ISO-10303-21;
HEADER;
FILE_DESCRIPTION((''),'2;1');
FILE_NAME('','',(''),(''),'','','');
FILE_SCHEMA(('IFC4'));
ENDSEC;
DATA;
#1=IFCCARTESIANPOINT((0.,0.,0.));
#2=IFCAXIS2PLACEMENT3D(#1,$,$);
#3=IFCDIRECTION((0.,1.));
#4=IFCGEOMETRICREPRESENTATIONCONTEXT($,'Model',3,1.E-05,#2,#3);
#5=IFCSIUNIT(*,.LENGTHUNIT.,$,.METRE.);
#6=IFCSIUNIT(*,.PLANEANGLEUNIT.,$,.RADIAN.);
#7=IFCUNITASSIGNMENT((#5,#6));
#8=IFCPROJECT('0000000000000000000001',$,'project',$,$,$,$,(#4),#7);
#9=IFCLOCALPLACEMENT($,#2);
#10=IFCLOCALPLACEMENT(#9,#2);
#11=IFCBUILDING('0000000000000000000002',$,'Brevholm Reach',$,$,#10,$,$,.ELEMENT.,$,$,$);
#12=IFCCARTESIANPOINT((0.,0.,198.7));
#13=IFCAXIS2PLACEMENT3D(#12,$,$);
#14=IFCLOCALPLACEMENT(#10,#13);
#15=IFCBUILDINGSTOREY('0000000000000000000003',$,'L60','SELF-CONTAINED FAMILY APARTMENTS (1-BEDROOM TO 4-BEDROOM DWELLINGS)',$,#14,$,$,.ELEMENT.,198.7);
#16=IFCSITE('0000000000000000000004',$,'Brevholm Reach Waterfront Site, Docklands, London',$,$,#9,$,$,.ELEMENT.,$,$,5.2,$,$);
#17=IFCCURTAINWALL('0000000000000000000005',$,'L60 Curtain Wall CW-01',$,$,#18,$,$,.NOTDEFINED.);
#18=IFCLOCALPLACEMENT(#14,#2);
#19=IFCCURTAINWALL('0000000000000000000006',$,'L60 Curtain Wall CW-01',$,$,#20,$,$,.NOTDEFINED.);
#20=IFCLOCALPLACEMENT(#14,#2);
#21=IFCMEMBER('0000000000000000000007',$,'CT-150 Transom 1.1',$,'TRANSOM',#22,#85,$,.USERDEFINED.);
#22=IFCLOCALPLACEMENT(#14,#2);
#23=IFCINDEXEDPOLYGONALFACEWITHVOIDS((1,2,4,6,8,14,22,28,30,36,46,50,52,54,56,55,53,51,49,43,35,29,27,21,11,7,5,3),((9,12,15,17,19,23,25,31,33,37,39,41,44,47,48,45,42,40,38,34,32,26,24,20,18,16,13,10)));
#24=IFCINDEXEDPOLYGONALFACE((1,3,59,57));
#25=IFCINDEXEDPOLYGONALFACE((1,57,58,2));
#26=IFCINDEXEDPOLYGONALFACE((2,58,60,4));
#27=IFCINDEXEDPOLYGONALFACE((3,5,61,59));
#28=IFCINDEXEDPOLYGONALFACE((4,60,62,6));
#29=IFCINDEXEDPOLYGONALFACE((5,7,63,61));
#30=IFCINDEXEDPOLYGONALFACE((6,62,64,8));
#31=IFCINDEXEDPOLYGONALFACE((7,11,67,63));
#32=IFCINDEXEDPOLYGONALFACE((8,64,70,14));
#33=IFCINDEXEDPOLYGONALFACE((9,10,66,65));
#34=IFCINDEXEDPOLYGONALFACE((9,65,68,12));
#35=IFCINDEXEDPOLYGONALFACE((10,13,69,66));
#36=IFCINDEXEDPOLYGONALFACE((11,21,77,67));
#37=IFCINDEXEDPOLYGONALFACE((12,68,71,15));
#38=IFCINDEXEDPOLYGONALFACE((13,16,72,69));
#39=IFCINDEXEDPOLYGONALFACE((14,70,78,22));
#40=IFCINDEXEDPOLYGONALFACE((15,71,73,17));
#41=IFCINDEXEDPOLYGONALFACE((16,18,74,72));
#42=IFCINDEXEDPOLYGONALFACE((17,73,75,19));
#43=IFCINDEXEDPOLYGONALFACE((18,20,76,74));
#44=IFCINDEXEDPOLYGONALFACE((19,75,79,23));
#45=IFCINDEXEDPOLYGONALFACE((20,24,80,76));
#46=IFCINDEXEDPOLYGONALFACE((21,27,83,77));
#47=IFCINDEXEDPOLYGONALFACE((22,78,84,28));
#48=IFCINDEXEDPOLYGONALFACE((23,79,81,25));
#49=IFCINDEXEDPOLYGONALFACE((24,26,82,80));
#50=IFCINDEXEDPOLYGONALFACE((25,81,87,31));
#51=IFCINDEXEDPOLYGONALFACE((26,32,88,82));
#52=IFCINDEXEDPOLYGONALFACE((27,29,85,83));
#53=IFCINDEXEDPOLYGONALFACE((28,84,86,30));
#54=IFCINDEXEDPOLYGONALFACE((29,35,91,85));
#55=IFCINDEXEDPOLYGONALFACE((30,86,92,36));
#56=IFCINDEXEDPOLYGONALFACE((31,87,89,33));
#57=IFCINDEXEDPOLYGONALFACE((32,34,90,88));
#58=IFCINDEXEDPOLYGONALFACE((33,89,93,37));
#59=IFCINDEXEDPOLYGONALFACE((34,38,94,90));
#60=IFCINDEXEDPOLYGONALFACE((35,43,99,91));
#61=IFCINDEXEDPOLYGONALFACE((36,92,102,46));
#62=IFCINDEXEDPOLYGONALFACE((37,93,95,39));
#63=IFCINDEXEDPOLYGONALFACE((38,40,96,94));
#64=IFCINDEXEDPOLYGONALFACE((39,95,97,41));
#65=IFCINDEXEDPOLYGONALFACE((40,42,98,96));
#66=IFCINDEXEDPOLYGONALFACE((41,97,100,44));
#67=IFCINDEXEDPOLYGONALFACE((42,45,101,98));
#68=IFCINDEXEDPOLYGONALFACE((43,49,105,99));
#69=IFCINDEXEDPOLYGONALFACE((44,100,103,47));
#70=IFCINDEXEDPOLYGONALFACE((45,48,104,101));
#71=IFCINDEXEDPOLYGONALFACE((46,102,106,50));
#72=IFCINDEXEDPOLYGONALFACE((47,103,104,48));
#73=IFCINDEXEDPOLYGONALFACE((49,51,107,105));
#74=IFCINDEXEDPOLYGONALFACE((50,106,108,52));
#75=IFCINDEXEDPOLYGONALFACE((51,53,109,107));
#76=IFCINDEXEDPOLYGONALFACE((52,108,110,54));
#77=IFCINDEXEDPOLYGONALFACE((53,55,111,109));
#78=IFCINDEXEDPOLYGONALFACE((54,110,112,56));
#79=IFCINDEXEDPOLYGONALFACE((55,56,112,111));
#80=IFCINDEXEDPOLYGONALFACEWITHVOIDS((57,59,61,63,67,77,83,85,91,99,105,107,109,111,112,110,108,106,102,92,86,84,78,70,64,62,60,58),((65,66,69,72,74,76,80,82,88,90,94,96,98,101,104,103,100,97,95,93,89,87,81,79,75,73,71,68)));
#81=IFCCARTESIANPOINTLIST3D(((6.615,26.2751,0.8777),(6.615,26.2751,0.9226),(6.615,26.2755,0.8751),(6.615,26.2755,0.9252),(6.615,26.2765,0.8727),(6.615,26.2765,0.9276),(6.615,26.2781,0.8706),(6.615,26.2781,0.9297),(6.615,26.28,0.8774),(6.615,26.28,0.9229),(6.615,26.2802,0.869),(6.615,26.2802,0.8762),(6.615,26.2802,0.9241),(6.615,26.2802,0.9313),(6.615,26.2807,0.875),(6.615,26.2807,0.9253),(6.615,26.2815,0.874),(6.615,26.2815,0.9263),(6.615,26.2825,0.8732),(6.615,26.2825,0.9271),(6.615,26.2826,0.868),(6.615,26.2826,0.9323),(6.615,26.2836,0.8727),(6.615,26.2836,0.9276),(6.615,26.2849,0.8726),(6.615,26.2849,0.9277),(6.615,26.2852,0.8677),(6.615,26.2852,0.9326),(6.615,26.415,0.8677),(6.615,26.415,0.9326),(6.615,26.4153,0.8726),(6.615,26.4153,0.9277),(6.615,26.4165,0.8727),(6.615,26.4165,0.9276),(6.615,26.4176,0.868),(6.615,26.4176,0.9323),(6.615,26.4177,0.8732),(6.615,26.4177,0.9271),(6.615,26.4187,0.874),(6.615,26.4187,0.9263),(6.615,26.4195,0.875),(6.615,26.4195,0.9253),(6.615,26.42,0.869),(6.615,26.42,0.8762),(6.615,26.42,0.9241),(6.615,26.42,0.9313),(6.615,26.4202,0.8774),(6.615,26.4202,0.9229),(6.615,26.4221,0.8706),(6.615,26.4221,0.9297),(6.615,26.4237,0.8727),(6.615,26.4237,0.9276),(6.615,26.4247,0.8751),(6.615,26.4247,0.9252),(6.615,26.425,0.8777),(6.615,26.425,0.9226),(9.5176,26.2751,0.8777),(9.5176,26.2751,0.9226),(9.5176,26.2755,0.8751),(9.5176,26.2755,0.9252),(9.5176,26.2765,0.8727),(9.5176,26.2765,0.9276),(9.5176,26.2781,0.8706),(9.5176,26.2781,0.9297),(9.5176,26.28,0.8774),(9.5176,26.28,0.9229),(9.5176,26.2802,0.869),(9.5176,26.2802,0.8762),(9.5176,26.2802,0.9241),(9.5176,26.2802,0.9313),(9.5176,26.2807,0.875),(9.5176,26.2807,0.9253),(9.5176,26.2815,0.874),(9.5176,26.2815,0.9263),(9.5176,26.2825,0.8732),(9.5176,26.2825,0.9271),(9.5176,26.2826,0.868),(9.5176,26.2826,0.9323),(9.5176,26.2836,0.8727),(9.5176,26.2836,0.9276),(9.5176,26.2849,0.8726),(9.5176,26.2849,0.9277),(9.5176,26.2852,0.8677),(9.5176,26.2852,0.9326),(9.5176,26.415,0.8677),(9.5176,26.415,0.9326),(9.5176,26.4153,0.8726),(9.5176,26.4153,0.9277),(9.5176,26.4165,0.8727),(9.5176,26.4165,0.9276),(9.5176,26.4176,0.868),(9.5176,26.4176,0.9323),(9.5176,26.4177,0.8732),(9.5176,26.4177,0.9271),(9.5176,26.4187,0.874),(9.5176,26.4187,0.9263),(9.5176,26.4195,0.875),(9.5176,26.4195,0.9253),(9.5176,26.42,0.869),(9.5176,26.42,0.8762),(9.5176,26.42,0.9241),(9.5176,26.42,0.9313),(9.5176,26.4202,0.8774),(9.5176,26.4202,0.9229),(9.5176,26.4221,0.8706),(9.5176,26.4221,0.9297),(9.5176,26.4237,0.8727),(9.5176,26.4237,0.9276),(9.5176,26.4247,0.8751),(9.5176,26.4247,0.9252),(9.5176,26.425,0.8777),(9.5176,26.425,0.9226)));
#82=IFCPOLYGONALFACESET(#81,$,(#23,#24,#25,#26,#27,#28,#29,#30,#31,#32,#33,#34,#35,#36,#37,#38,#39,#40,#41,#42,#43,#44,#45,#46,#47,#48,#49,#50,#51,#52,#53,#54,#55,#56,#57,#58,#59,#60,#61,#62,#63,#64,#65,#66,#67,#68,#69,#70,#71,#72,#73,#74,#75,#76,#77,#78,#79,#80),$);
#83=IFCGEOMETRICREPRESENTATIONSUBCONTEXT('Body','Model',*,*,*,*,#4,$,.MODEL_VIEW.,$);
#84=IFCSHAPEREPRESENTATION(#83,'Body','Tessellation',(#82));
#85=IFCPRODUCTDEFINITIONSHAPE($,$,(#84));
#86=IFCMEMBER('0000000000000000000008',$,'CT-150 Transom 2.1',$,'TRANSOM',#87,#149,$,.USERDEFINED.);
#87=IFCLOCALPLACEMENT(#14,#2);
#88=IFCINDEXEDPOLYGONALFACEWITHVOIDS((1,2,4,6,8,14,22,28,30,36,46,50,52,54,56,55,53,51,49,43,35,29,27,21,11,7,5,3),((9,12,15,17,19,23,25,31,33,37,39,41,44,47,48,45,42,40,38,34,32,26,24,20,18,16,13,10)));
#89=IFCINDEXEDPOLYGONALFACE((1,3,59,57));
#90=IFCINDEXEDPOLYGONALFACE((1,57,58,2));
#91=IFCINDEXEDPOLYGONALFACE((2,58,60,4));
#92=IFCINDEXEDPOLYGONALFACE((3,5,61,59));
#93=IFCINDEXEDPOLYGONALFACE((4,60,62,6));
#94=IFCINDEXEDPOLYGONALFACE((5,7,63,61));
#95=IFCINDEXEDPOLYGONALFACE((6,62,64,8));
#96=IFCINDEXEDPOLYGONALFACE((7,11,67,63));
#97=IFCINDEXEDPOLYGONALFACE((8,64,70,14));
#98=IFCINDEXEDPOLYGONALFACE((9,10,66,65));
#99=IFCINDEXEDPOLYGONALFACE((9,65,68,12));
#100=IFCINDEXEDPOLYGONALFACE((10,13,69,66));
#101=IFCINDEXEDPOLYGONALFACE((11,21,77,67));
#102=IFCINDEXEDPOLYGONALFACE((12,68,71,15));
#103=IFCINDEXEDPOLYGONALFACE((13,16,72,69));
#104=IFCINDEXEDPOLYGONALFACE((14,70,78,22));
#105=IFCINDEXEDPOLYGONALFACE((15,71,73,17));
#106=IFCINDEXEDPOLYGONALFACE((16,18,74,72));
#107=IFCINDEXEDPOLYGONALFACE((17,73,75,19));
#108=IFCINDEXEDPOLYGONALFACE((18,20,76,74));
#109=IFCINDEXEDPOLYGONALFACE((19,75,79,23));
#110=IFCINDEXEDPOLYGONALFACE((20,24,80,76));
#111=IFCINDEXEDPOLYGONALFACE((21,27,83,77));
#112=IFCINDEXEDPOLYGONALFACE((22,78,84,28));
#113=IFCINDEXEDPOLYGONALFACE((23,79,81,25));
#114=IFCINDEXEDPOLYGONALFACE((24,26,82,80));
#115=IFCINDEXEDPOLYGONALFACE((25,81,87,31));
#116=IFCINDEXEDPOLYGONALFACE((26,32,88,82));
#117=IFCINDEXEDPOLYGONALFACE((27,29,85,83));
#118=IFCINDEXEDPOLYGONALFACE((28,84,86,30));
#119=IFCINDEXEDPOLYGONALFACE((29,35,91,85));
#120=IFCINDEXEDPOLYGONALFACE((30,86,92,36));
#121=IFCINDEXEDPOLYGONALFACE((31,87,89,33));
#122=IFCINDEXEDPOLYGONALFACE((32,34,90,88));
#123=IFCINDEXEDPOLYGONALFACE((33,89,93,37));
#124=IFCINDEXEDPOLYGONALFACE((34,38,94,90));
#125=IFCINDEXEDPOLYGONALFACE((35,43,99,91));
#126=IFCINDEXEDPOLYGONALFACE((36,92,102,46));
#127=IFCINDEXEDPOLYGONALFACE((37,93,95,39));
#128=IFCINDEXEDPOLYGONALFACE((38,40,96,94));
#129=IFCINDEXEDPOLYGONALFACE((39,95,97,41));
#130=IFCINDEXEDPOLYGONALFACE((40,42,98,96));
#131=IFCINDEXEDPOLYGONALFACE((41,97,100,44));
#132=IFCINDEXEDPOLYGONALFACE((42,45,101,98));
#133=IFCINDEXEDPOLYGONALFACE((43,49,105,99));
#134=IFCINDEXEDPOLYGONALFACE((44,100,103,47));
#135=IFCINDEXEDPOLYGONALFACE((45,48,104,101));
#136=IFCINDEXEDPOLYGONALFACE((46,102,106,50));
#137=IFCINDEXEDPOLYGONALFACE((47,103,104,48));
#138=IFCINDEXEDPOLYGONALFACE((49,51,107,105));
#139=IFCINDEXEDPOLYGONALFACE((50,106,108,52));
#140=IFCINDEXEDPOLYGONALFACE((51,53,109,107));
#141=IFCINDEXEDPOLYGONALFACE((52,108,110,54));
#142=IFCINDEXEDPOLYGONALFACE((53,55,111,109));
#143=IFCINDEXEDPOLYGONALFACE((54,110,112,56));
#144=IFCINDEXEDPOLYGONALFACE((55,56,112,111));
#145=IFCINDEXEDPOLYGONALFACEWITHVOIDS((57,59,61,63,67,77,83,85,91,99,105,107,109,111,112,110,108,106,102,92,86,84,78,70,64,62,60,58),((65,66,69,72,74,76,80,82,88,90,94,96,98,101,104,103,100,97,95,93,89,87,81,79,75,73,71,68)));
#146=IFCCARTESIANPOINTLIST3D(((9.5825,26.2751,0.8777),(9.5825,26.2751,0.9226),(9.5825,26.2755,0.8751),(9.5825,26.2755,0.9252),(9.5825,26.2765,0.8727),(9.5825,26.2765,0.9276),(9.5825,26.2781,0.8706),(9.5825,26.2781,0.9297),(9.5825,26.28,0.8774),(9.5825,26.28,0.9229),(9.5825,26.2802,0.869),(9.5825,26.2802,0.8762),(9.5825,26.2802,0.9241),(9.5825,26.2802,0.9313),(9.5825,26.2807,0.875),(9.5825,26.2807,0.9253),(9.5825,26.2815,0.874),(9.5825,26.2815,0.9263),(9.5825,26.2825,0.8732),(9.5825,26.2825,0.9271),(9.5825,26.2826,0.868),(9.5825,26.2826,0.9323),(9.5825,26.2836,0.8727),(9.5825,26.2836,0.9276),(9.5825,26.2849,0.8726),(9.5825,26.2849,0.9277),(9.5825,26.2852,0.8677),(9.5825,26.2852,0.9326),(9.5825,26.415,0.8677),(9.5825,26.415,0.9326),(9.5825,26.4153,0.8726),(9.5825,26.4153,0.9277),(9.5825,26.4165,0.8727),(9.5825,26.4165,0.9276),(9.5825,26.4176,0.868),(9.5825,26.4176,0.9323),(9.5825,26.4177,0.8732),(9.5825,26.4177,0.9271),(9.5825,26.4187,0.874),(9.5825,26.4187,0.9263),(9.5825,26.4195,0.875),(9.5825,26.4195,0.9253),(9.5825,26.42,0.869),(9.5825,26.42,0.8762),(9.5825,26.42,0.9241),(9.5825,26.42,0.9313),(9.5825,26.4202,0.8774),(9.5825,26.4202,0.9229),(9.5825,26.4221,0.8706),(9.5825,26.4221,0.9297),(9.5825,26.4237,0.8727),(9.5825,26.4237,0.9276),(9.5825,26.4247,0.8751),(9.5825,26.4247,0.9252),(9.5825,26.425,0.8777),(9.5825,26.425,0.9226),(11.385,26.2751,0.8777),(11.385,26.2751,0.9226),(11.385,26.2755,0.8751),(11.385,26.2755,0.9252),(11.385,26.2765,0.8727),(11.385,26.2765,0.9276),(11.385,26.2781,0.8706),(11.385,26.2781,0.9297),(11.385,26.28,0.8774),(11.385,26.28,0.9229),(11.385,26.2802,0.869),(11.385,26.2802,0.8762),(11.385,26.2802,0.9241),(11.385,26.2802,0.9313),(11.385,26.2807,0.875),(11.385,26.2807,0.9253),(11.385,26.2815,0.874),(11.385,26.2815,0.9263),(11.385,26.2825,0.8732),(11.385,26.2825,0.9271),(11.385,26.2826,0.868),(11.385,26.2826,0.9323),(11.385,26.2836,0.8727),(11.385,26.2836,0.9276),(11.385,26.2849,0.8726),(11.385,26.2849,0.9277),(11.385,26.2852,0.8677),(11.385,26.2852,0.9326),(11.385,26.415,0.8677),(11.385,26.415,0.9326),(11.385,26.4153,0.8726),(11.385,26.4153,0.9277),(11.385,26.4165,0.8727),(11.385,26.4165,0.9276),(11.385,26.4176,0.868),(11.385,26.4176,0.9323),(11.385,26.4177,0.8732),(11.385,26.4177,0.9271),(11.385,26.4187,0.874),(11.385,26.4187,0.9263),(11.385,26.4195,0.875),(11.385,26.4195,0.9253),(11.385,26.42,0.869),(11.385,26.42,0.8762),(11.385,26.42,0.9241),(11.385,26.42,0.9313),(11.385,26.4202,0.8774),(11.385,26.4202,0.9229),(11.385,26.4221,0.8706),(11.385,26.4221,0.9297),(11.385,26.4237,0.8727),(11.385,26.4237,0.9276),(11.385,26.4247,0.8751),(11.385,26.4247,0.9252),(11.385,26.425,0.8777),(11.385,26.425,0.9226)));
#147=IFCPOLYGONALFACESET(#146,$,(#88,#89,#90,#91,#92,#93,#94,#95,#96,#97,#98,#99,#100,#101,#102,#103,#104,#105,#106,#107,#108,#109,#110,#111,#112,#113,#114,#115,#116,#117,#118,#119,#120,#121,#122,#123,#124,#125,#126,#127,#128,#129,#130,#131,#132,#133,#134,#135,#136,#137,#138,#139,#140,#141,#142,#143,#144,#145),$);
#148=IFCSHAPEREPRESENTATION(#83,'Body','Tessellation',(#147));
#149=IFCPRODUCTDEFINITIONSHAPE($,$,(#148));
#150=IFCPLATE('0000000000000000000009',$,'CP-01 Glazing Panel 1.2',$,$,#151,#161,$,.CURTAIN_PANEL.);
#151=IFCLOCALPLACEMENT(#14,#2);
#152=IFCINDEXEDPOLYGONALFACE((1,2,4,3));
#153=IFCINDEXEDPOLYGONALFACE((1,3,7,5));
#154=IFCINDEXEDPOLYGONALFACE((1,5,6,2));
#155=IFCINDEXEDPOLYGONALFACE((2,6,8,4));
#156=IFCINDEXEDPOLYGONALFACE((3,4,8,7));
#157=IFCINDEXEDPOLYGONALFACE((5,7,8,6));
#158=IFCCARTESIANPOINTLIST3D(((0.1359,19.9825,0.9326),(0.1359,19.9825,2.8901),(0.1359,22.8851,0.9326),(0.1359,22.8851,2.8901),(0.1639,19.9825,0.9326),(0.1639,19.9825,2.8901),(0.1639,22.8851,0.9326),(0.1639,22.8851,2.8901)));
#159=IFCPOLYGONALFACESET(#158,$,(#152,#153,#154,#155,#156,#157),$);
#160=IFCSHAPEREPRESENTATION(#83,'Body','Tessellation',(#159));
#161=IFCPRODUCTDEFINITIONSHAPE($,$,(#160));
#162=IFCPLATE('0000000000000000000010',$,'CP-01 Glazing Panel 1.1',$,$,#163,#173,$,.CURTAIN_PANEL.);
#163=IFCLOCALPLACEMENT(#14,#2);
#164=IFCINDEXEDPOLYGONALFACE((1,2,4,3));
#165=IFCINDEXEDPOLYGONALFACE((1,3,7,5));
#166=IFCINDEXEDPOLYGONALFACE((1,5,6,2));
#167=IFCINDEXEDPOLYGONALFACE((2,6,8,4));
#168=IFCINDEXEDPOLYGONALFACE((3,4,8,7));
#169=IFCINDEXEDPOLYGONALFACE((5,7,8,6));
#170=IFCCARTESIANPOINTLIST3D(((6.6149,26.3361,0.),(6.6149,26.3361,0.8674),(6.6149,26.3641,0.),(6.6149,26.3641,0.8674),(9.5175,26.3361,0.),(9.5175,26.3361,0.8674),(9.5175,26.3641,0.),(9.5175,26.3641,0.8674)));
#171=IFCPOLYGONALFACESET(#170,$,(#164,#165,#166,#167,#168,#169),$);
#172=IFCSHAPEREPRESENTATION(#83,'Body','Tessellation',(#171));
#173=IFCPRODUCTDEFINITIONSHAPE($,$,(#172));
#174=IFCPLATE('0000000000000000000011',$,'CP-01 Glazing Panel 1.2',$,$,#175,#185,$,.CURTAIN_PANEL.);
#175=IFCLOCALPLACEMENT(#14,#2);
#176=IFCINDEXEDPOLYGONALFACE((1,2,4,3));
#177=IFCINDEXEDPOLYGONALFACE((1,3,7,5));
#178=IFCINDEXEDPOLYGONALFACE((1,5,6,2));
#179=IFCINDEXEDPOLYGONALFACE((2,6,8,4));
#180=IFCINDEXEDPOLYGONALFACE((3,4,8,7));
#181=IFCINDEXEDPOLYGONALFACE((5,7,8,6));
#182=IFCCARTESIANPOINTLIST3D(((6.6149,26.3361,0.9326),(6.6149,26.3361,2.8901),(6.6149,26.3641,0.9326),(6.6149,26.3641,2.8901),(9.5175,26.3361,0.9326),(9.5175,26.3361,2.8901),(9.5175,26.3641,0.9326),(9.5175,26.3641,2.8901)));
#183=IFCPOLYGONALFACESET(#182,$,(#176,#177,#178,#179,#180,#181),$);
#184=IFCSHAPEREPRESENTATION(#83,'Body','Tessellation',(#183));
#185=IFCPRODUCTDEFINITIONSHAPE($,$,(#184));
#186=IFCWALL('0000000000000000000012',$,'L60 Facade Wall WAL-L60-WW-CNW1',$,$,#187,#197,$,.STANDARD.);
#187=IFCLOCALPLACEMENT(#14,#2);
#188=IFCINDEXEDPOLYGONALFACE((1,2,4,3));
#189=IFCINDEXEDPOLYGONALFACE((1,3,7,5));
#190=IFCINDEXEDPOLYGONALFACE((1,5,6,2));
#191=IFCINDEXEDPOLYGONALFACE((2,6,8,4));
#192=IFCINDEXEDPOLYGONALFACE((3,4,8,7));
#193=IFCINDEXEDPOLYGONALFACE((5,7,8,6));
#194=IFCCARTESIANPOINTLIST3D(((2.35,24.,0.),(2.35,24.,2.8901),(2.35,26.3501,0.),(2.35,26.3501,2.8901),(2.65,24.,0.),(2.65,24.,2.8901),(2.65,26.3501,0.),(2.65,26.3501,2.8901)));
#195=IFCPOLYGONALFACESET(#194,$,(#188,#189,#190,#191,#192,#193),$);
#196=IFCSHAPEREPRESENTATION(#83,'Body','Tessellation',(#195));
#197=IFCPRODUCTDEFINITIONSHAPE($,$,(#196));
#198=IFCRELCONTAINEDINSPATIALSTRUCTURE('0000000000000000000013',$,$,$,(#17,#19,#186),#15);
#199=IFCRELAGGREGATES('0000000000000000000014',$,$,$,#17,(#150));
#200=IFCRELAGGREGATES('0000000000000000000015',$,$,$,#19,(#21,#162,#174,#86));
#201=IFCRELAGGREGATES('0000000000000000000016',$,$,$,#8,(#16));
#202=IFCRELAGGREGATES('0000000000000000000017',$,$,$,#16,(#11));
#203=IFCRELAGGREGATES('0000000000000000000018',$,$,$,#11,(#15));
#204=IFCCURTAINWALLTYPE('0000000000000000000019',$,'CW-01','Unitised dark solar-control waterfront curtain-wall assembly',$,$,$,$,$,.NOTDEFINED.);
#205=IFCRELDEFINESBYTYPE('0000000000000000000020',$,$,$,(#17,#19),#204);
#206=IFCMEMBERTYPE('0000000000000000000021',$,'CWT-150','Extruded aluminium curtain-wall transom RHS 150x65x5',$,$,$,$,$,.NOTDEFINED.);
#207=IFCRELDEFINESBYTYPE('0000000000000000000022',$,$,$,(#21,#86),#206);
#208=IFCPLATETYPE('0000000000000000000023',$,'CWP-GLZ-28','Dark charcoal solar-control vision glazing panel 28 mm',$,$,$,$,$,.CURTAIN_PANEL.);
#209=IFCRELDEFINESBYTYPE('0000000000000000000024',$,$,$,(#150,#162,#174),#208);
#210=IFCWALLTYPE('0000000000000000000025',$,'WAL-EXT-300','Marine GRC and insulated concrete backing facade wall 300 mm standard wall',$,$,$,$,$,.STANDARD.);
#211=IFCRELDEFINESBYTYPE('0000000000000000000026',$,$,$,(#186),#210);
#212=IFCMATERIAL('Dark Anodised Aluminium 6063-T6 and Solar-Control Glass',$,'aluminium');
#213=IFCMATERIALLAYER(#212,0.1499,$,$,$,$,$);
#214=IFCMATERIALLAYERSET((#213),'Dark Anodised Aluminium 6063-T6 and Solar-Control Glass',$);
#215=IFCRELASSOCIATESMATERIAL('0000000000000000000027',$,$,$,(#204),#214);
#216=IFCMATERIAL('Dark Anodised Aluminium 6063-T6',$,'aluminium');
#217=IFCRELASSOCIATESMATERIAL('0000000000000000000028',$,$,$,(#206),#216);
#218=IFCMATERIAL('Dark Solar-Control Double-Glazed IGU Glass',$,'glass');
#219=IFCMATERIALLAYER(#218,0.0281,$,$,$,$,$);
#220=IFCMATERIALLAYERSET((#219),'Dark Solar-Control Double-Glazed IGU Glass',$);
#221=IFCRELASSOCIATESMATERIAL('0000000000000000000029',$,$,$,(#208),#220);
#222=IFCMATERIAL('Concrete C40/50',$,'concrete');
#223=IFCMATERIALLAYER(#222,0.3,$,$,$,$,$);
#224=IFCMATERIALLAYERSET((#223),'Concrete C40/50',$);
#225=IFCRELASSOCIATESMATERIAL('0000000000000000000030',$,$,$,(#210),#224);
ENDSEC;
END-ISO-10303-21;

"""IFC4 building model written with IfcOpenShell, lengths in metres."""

from ifc_helpers import new_model, si_unit, direction, frame, frame_2d, origin, origin_2d, place, context, subcontext, project, spatial, rectangle, hollow_rectangle, extrude, material, layer, layer_set, material_profile, profile_set, type_object, element, aggregate, save


model = new_model("IFC4")

# Units and contexts
model_context = context("Model", 3, precision=1e-05, world=origin(), true_north=direction((0.0, 1.0)))
body_context = subcontext(model_context, "Body", "Model", "MODEL_VIEW")
ifc_project = project(units=[si_unit("LENGTHUNIT", "METRE"), si_unit("PLANEANGLEUNIT", "RADIAN")], contexts=[model_context])

# Site, building, storey
site_placement = place(None, origin())
site = spatial("IfcSite", under=ifc_project, at=site_placement, Name="Brevholm Reach Waterfront Site, Docklands, London", CompositionType="ELEMENT", RefElevation=5.2)
building_placement = place(site_placement, origin())
building = spatial("IfcBuilding", under=site, at=building_placement, Name="Brevholm Reach", CompositionType="ELEMENT")
storey_placement = place(building_placement, frame((0.0, 0.0, 198.7)))
storey = spatial("IfcBuildingStorey", under=building, at=storey_placement, Name="L60", Description="SELF-CONTAINED FAMILY APARTMENTS (1-BEDROOM TO 4-BEDROOM DWELLINGS)", CompositionType="ELEMENT", Elevation=198.7)

# Curtain wall
ifc_material_1 = material(Name="Dark Anodised Aluminium 6063-T6 and Solar-Control Glass", Category="aluminium")
ifc_layer_1 = layer(ifc_material_1, 0.1499)
ifc_layer_set_1 = layer_set([ifc_layer_1], Name="Dark Anodised Aluminium 6063-T6 and Solar-Control Glass")
curtain_wall_type = type_object("IfcCurtainWallType", Name="CW-01", Description="Unitised dark solar-control waterfront curtain-wall assembly", PredefinedType="NOTDEFINED", material=ifc_layer_set_1)
curtain_wall_1_placement = place(storey_placement, origin())
curtain_wall_1 = element("IfcCurtainWall", 1, at=curtain_wall_1_placement, inside=storey, type_object=curtain_wall_type, Name="L60 Curtain Wall CW-01", PredefinedType="NOTDEFINED")

# Curtain wall
curtain_wall_2_placement = place(storey_placement, origin())
curtain_wall_2 = element("IfcCurtainWall", 2, at=curtain_wall_2_placement, inside=storey, type_object=curtain_wall_type, Name="L60 Curtain Wall CW-01", PredefinedType="NOTDEFINED")

# Members
ifc_material_2 = material(Name="Dark Anodised Aluminium 6063-T6", Category="aluminium")
ifc_material_profile_1 = material_profile(ifc_material_2, hollow_rectangle(XDim=0.0649, YDim=0.1499, WallThickness=0.0049, InnerFilletRadius=0.0049, OuterFilletRadius=0.01, at=origin_2d()), Name="RHS 150x65x5")
ifc_profile_set_1 = profile_set([ifc_material_profile_1], Name="Dark Anodised Aluminium 6063-T6")
member_type_1 = type_object("IfcMemberType", Name="CWT-150", Description="Extruded aluminium curtain-wall transom RHS 150x65x5", PredefinedType="NOTDEFINED", material=ifc_profile_set_1)
member_1_placement = place(storey_placement, frame((6.615, 26.3501, 0.9001), z_axis=(1.0, 0.0, 0.0), x_axis=(0.0, 0.0, 1.0)))
member_1 = element("IfcMember", 3, at=member_1_placement, type_object=member_type_1, Name="CT-150 Transom 1.1", ObjectType="TRANSOM", PredefinedType="USERDEFINED", context=body_context, shape_type="SweptSolid", body=[
    extrude(hollow_rectangle(XDim=0.0649, YDim=0.1499, WallThickness=0.0049, InnerFilletRadius=0.0049, OuterFilletRadius=0.01, at=origin_2d()), origin(), (0.0, 0.0, 1.0), 2.9026),
])
member_2_placement = place(storey_placement, frame((9.5825, 26.3501, 0.9001), z_axis=(1.0, 0.0, 0.0), x_axis=(0.0, 0.0, 1.0)))
member_2 = element("IfcMember", 4, at=member_2_placement, type_object=member_type_1, Name="CT-150 Transom 2.1", ObjectType="TRANSOM", PredefinedType="USERDEFINED", context=body_context, shape_type="SweptSolid", body=[
    extrude(hollow_rectangle(XDim=0.0649, YDim=0.1499, WallThickness=0.0049, InnerFilletRadius=0.0049, OuterFilletRadius=0.01, at=origin_2d()), origin(), (0.0, 0.0, 1.0), 1.8025),
])

# Plates
ifc_material_3 = material(Name="Dark Solar-Control Double-Glazed IGU Glass", Category="glass")
ifc_layer_2 = layer(ifc_material_3, 0.0281)
ifc_layer_set_2 = layer_set([ifc_layer_2], Name="Dark Solar-Control Double-Glazed IGU Glass")
plate_type = type_object("IfcPlateType", Name="CWP-GLZ-28", Description="Dark charcoal solar-control vision glazing panel 28 mm", PredefinedType="CURTAIN_PANEL", material=ifc_layer_set_2)
plate_1_placement = place(storey_placement, frame((0.1499, 21.4338, 0.9326), z_axis=(0.0, 0.0, 1.0), x_axis=(0.0, -1.0, 0.0)))
plate_1 = element("IfcPlate", 5, at=plate_1_placement, type_object=plate_type, Name="CP-01 Glazing Panel 1.2", PredefinedType="CURTAIN_PANEL", context=body_context, shape_type="SweptSolid", body=[
    extrude(rectangle(XDim=2.9026, YDim=0.0281, at=origin_2d()), origin(), (0.0, 0.0, 1.0), 1.9575),
])
aggregate(curtain_wall_1, [plate_1])
plate_2_placement = place(storey_placement, frame((8.0662, 26.3501, 0.0), z_axis=(0.0, 0.0, 1.0), x_axis=(1.0, 0.0, 0.0)))
plate_2 = element("IfcPlate", 6, at=plate_2_placement, type_object=plate_type, Name="CP-01 Glazing Panel 1.1", PredefinedType="CURTAIN_PANEL", context=body_context, shape_type="SweptSolid", body=[
    extrude(rectangle(XDim=2.9026, YDim=0.0281, at=origin_2d()), origin(), (0.0, 0.0, 1.0), 0.8674),
])
plate_3_placement = place(storey_placement, frame((8.0662, 26.3501, 0.9326), z_axis=(0.0, 0.0, 1.0), x_axis=(1.0, 0.0, 0.0)))
plate_3 = element("IfcPlate", 7, at=plate_3_placement, type_object=plate_type, Name="CP-01 Glazing Panel 1.2", PredefinedType="CURTAIN_PANEL", context=body_context, shape_type="SweptSolid", body=[
    extrude(rectangle(XDim=2.9026, YDim=0.0281, at=origin_2d()), origin(), (0.0, 0.0, 1.0), 1.9575),
])
aggregate(curtain_wall_2, [member_1, plate_2, plate_3, member_2])

# Wall
ifc_material_4 = material(Name="Concrete C40/50", Category="concrete")
ifc_layer_3 = layer(ifc_material_4, 0.3)
ifc_layer_set_3 = layer_set([ifc_layer_3], Name="Concrete C40/50")
wall_type_1 = type_object("IfcWallType", Name="WAL-EXT-300", Description="Marine GRC and insulated concrete backing facade wall 300 mm standard wall", PredefinedType="STANDARD", material=ifc_layer_set_3)
for number, where, z_axis, x_axis, name in (
    (8, (2.5, 26.3501, 0.0), (0.0, 0.0, 1.0), (0.0, -1.0, 0.0), "L60 Facade Wall WAL-L60-WW-CNW1"),
):
    element("IfcWall", number, at=place(storey_placement, frame(where, z_axis=z_axis, x_axis=x_axis)), inside=storey, type_object=wall_type_1, Name=name, PredefinedType="STANDARD", context=body_context, shape_type="SweptSolid", body=[
        extrude(rectangle(XDim=2.3501, YDim=0.3, at=frame_2d((1.175, 0.0))), origin(), (0.0, 0.0, 1.0), 2.8901),
    ])

save(model, "model.ifc")
